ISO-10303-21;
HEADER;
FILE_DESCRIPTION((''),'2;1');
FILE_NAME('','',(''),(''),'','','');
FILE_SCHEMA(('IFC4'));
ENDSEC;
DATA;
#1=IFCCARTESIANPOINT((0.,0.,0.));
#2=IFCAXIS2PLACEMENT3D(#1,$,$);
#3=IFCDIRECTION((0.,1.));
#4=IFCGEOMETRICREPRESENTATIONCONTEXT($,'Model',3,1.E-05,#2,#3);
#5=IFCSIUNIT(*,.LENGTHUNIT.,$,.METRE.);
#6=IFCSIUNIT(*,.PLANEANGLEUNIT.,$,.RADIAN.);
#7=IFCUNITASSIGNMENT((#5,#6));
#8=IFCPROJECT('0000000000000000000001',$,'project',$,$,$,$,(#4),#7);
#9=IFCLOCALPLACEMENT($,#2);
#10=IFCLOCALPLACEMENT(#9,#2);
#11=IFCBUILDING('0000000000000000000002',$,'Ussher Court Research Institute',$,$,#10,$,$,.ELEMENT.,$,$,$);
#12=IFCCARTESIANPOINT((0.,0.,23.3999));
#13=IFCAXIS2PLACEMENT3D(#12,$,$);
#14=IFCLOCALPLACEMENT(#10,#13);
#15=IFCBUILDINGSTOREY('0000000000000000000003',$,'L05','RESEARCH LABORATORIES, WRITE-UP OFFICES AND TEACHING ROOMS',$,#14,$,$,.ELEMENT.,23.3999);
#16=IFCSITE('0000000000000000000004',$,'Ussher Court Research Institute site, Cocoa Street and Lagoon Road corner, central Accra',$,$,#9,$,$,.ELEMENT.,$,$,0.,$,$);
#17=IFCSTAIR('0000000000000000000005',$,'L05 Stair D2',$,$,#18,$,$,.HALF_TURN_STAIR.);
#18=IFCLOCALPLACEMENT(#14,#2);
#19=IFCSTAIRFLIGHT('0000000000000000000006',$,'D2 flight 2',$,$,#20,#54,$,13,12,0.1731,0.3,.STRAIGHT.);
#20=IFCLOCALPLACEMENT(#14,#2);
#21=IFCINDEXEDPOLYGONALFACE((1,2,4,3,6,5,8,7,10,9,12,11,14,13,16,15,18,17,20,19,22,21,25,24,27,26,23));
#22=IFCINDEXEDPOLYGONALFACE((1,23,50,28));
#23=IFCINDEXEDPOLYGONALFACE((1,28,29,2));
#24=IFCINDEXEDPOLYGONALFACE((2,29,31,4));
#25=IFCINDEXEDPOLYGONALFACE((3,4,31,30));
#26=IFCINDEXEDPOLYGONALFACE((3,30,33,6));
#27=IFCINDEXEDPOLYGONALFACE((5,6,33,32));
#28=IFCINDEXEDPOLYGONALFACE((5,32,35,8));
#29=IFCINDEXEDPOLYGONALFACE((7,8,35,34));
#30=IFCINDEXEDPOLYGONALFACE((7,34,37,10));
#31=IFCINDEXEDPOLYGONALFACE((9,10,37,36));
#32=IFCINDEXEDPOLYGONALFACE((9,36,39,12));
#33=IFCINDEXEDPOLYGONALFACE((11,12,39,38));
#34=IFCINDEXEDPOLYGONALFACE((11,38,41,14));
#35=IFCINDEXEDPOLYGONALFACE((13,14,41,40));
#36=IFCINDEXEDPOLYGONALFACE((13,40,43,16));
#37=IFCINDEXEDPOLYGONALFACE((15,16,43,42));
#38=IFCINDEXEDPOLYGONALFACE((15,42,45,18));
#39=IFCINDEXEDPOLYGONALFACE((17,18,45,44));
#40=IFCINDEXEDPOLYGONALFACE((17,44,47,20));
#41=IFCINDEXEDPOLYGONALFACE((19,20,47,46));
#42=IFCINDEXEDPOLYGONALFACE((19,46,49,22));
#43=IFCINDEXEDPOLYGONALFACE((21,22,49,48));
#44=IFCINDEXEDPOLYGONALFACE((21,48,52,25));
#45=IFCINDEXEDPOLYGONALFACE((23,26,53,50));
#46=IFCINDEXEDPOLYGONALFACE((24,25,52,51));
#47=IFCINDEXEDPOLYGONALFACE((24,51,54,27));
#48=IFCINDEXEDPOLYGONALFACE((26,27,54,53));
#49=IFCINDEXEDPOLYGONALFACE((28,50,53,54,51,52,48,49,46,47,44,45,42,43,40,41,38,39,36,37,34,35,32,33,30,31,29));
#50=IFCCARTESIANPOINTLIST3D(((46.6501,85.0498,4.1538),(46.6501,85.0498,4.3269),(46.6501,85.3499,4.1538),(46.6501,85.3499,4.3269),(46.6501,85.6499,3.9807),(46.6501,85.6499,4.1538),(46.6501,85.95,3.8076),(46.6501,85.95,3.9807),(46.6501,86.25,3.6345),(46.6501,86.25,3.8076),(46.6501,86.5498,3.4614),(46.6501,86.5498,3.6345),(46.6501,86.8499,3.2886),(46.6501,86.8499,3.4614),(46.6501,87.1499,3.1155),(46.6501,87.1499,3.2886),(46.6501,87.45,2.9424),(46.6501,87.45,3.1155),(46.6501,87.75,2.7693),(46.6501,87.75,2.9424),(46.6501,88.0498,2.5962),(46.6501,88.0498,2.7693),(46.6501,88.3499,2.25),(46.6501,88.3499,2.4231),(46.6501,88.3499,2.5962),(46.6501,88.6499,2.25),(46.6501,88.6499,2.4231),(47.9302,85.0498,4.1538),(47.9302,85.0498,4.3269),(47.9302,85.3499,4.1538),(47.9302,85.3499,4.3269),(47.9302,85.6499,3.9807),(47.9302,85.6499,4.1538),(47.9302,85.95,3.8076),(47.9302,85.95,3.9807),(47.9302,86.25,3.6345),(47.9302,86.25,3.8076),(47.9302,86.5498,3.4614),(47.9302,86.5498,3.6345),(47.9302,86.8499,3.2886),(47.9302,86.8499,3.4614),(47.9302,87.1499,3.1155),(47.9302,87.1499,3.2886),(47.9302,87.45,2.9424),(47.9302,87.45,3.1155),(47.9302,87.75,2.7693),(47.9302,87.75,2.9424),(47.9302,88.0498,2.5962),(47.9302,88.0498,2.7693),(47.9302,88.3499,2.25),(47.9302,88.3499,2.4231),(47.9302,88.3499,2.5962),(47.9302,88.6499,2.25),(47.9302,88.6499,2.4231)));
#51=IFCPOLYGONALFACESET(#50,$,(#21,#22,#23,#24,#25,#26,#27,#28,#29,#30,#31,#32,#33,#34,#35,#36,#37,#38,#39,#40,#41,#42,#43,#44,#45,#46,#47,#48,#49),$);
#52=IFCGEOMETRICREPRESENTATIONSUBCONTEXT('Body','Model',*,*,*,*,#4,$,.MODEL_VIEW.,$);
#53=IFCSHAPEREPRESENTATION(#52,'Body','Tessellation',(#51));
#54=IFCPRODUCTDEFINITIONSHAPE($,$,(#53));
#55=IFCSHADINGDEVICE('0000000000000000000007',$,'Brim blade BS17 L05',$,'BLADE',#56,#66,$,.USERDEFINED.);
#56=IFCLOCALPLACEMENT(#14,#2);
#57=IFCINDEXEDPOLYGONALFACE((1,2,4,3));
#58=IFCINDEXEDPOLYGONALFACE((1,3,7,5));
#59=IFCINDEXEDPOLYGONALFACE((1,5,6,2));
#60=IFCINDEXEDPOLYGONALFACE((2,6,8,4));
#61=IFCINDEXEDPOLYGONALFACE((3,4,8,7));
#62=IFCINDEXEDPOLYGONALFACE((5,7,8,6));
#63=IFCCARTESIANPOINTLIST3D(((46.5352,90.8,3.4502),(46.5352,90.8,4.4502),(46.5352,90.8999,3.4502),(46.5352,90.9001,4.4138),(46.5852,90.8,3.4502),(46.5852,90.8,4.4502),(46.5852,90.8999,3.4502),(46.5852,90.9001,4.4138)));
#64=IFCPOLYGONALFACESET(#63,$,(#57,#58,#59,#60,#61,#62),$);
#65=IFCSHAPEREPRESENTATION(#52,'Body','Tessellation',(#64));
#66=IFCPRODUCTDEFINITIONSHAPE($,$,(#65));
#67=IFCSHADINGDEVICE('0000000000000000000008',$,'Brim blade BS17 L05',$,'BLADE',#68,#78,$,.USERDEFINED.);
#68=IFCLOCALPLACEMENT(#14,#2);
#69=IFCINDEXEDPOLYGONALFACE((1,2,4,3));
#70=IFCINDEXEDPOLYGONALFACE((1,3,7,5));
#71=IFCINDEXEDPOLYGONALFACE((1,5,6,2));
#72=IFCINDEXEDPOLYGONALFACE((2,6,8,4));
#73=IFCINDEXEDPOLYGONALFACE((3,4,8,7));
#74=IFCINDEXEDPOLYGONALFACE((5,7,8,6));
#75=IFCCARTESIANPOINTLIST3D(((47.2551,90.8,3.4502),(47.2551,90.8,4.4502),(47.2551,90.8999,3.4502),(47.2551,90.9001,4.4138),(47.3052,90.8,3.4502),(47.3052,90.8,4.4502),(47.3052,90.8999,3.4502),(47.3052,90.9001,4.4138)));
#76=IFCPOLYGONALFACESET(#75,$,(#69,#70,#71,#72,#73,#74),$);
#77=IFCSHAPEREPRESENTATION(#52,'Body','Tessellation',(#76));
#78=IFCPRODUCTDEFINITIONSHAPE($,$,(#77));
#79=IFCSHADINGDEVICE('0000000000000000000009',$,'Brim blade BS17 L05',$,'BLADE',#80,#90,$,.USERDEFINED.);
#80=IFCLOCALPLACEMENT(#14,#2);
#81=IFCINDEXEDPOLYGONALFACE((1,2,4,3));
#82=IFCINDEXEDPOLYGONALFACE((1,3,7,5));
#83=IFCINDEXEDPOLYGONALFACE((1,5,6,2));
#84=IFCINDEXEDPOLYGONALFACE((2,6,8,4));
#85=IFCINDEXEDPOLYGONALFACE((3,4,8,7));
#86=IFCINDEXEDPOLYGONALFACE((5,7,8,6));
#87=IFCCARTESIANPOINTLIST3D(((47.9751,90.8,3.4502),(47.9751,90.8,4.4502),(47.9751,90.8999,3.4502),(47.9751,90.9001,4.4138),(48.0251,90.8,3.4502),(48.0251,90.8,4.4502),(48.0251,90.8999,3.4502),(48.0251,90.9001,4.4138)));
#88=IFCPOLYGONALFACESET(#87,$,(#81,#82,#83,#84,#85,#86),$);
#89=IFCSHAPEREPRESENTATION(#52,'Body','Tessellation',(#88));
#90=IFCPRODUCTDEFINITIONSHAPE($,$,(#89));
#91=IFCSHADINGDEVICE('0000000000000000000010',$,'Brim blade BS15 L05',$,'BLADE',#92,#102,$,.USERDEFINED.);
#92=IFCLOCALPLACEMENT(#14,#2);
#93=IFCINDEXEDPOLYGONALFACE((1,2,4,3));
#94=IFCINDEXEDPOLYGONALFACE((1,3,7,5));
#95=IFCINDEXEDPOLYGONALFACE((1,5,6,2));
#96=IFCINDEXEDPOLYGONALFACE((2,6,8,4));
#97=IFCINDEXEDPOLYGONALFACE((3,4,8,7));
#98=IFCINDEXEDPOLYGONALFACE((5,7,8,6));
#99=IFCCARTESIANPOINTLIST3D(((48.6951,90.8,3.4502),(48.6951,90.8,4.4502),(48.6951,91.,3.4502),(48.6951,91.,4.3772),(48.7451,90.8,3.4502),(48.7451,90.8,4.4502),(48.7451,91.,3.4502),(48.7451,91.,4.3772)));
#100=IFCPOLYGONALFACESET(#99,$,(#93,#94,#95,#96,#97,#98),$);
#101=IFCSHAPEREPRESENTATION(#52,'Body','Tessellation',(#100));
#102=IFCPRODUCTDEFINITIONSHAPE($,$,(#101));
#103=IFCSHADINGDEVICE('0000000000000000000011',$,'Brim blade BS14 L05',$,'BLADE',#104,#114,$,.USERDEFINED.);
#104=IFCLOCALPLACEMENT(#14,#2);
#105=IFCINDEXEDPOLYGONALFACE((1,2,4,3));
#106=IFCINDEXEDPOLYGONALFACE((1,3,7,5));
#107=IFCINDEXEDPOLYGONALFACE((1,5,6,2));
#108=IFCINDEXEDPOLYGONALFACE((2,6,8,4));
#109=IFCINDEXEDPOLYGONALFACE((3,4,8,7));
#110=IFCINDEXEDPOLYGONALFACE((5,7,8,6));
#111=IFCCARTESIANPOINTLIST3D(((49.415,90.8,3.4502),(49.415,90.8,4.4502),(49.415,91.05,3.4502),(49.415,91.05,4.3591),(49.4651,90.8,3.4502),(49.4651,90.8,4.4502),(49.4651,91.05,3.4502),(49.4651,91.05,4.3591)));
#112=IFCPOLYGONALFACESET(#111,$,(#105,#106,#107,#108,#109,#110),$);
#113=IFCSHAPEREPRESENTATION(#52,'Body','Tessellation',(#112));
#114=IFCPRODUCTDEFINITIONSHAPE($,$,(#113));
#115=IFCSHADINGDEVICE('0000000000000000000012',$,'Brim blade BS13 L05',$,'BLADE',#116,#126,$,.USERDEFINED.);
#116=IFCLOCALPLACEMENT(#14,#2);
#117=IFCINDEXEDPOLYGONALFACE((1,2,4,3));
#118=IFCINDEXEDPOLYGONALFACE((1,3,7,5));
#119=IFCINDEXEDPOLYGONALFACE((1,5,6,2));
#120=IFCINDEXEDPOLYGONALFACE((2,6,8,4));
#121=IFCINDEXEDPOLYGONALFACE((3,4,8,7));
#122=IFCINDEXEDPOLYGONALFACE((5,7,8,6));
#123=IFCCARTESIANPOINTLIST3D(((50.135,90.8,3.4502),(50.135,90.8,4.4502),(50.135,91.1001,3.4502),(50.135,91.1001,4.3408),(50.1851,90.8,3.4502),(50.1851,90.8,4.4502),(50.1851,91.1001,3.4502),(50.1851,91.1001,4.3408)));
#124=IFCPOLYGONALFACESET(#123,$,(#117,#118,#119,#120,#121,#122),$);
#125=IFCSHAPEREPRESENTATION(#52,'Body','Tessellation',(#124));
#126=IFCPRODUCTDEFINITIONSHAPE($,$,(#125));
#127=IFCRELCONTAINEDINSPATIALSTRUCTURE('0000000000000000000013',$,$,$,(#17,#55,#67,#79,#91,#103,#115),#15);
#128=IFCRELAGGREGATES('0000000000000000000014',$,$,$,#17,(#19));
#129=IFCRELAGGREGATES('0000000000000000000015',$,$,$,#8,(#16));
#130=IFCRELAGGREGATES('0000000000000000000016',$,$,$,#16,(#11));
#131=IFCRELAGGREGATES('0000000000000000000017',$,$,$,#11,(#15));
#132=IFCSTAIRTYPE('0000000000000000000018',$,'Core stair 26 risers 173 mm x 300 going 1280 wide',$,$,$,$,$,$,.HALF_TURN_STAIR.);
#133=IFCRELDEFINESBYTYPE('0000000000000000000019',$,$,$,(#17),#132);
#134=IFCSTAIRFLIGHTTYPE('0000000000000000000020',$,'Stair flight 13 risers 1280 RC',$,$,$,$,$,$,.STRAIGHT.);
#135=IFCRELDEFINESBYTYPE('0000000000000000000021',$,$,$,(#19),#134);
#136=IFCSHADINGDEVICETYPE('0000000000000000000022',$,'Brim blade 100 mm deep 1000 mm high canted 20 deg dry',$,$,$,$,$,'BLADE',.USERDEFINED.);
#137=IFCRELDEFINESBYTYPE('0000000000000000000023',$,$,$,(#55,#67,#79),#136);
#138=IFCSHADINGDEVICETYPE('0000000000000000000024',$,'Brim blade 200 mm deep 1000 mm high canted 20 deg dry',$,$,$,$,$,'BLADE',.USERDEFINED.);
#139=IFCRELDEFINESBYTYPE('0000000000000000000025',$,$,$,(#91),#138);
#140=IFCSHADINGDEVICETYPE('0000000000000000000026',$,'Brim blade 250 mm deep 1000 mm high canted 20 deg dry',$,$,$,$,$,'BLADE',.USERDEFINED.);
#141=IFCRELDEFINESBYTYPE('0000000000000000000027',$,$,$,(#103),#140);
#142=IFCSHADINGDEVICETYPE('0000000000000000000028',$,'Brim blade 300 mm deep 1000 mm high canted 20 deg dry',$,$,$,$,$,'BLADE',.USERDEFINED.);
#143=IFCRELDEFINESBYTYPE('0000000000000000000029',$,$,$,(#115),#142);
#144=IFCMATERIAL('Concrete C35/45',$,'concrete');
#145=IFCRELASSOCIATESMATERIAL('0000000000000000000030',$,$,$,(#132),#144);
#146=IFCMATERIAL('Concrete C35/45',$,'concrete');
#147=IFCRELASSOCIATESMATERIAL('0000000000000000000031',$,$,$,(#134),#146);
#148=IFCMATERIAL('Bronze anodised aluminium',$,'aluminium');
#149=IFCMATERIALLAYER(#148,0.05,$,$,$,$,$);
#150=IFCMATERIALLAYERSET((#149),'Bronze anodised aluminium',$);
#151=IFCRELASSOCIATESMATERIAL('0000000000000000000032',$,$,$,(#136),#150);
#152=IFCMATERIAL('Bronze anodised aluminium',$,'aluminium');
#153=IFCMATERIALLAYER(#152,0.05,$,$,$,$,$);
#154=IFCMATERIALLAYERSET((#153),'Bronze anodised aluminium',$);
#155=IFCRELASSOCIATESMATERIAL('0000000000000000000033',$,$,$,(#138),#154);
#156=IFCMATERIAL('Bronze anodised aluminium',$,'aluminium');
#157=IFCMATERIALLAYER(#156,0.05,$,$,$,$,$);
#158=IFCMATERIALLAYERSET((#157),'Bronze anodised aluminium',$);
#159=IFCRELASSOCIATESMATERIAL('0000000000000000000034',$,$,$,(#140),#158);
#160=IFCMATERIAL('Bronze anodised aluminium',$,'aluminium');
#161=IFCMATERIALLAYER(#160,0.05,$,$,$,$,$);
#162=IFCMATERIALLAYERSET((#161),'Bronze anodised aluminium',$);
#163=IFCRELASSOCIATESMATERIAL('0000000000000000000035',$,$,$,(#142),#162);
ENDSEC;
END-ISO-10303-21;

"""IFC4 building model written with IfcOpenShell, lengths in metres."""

from ifc_helpers import new_model, si_unit, direction, frame, origin, place, context, subcontext, project, spatial, polyline, outline, extrude, material, layer, layer_set, type_object, element, aggregate, save


model = new_model("IFC4")

# Units and contexts
model_context = context("Model", 3, precision=1e-05, world=origin(), true_north=direction((0.0, 1.0)))
body_context = subcontext(model_context, "Body", "Model", "MODEL_VIEW")
ifc_project = project(units=[si_unit("LENGTHUNIT", "METRE"), si_unit("PLANEANGLEUNIT", "RADIAN")], contexts=[model_context])

# Site, building, storey
site_placement = place(None, origin())
site = spatial("IfcSite", under=ifc_project, at=site_placement, Name="Ussher Court Research Institute site, Cocoa Street and Lagoon Road corner, central Accra", CompositionType="ELEMENT", RefElevation=0.0)
building_placement = place(site_placement, origin())
building = spatial("IfcBuilding", under=site, at=building_placement, Name="Ussher Court Research Institute", CompositionType="ELEMENT")
storey_placement = place(building_placement, frame((0.0, 0.0, 23.3999)))
storey = spatial("IfcBuildingStorey", under=building, at=storey_placement, Name="L05", Description="RESEARCH LABORATORIES, WRITE-UP OFFICES AND TEACHING ROOMS", CompositionType="ELEMENT", Elevation=23.3999)

# Stair, stair flight
ifc_material_1 = material(Name="Concrete C35/45", Category="concrete")
stair_type = type_object("IfcStairType", Name="Core stair 26 risers 173 mm x 300 going 1280 wide", PredefinedType="HALF_TURN_STAIR", material=ifc_material_1)
stair_placement = place(storey_placement, origin())
stair = element("IfcStair", 1, at=stair_placement, inside=storey, type_object=stair_type, Name="L05 Stair D2", PredefinedType="HALF_TURN_STAIR")
ifc_material_2 = material(Name="Concrete C35/45", Category="concrete")
stair_flight_type = type_object("IfcStairFlightType", Name="Stair flight 13 risers 1280 RC", PredefinedType="STRAIGHT", material=ifc_material_2)
stair_flight_1_placement = place(storey_placement, frame((47.29, 88.6499, 2.25), z_axis=(0.0, 0.0, 1.0), x_axis=(0.0, -1.0, 0.0)))
stair_flight_1 = element("IfcStairFlight", 2, at=stair_flight_1_placement, type_object=stair_flight_type, Name="D2 flight 2", NumberOfRisers=13, NumberOfTreads=12, PredefinedType="STRAIGHT", RiserHeight=0.1731, TreadLength=0.3, context=body_context, shape_type="SweptSolid", body=[
    extrude(outline(polyline([(0.0, 0.0), (0.0, 0.1731), (0.3, 0.1731), (0.3, 0.3462), (0.6001, 0.3462), (0.6001, 0.5193), (0.8999, 0.5193), (0.8999, 0.6924), (1.2, 0.6924), (1.2, 0.8655), (1.5, 0.8655), (1.5, 1.0386), (1.8, 1.0386), (1.8, 1.2114), (2.1001, 1.2114), (2.1001, 1.3845), (2.3999, 1.3845), (2.3999, 1.5576), (2.7, 1.5576), (2.7, 1.7307), (3.0, 1.7307), (3.0, 1.9038), (3.3, 1.9038), (3.3, 2.0769), (3.6001, 2.0769), (3.6001, 2.25), (3.6001, 1.9038), (0.3, 0.0), (0.0, 0.0)])), frame((0.0, 0.6401, 0.0), z_axis=(0.0, -1.0, 0.0), x_axis=(1.0, 0.0, 0.0)), (0.0, 0.0, 1.0), 1.28),
])
aggregate(stair, [stair_flight_1])

# Shading devices
ifc_material_3 = material(Name="Bronze anodised aluminium", Category="aluminium")
ifc_layer_1 = layer(ifc_material_3, 0.05)
ifc_layer_set_1 = layer_set([ifc_layer_1], Name="Bronze anodised aluminium")
shading_device_type_1 = type_object("IfcShadingDeviceType", Name="Brim blade 100 mm deep 1000 mm high canted 20 deg dry", ElementType="BLADE", PredefinedType="USERDEFINED", material=ifc_layer_set_1)
for number, where, z_axis, x_axis, name in (
    (3, (46.5601, 90.8, 3.4502), (0.0, 0.0, 1.0), (0.0, 1.0, 0.0), "Brim blade BS17 L05"),
    (4, (47.28, 90.8, 3.4502), (0.0, 0.0, 1.0), (0.0, 1.0, 0.0), "Brim blade BS17 L05"),
    (5, (48.0, 90.8, 3.4502), (0.0, 0.0, 1.0), (0.0, 1.0, 0.0), "Brim blade BS17 L05"),
):
    element("IfcShadingDevice", number, at=place(storey_placement, frame(where, z_axis=z_axis, x_axis=x_axis)), inside=storey, type_object=shading_device_type_1, Name=name, ObjectType="BLADE", PredefinedType="USERDEFINED", context=body_context, shape_type="SweptSolid", body=[
        extrude(outline(polyline([(0.0, 0.0), (0.0999, 0.0), (0.1001, 0.9636), (0.0, 1.0), (0.0, 0.0)])), frame((0.0, 0.0249, 0.0), z_axis=(0.0, -1.0, 0.0), x_axis=(1.0, 0.0, 0.0)), (0.0, 0.0, 1.0), 0.05),
    ])
ifc_material_4 = material(Name="Bronze anodised aluminium", Category="aluminium")
ifc_layer_2 = layer(ifc_material_4, 0.05)
ifc_layer_set_2 = layer_set([ifc_layer_2], Name="Bronze anodised aluminium")
shading_device_type_2 = type_object("IfcShadingDeviceType", Name="Brim blade 200 mm deep 1000 mm high canted 20 deg dry", ElementType="BLADE", PredefinedType="USERDEFINED", material=ifc_layer_set_2)
shading_device_1_placement = place(storey_placement, frame((48.72, 90.8, 3.4502), z_axis=(0.0, 0.0, 1.0), x_axis=(0.0, 1.0, 0.0)))
element("IfcShadingDevice", 6, at=shading_device_1_placement, inside=storey, type_object=shading_device_type_2, Name="Brim blade BS15 L05", ObjectType="BLADE", PredefinedType="USERDEFINED", context=body_context, shape_type="SweptSolid", body=[
    extrude(outline(polyline([(0.0, 0.0), (0.2, 0.0), (0.2, 0.927), (0.0, 1.0), (0.0, 0.0)])), frame((0.0, 0.0249, 0.0), z_axis=(0.0, -1.0, 0.0), x_axis=(1.0, 0.0, 0.0)), (0.0, 0.0, 1.0), 0.05),
])
ifc_material_5 = material(Name="Bronze anodised aluminium", Category="aluminium")
ifc_layer_3 = layer(ifc_material_5, 0.05)
ifc_layer_set_3 = layer_set([ifc_layer_3], Name="Bronze anodised aluminium")
shading_device_type_3 = type_object("IfcShadingDeviceType", Name="Brim blade 250 mm deep 1000 mm high canted 20 deg dry", ElementType="BLADE", PredefinedType="USERDEFINED", material=ifc_layer_set_3)
shading_device_2_placement = place(storey_placement, frame((49.4399, 90.8, 3.4502), z_axis=(0.0, 0.0, 1.0), x_axis=(0.0, 1.0, 0.0)))
element("IfcShadingDevice", 7, at=shading_device_2_placement, inside=storey, type_object=shading_device_type_3, Name="Brim blade BS14 L05", ObjectType="BLADE", PredefinedType="USERDEFINED", context=body_context, shape_type="SweptSolid", body=[
    extrude(outline(polyline([(0.0, 0.0), (0.25, 0.0), (0.25, 0.9089), (0.0, 1.0), (0.0, 0.0)])), frame((0.0, 0.0249, 0.0), z_axis=(0.0, -1.0, 0.0), x_axis=(1.0, 0.0, 0.0)), (0.0, 0.0, 1.0), 0.05),
])
ifc_material_6 = material(Name="Bronze anodised aluminium", Category="aluminium")
ifc_layer_4 = layer(ifc_material_6, 0.05)
ifc_layer_set_4 = layer_set([ifc_layer_4], Name="Bronze anodised aluminium")
shading_device_type_4 = type_object("IfcShadingDeviceType", Name="Brim blade 300 mm deep 1000 mm high canted 20 deg dry", ElementType="BLADE", PredefinedType="USERDEFINED", material=ifc_layer_set_4)
shading_device_3_placement = place(storey_placement, frame((50.1599, 90.8, 3.4502), z_axis=(0.0, 0.0, 1.0), x_axis=(0.0, 1.0, 0.0)))
element("IfcShadingDevice", 8, at=shading_device_3_placement, inside=storey, type_object=shading_device_type_4, Name="Brim blade BS13 L05", ObjectType="BLADE", PredefinedType="USERDEFINED", context=body_context, shape_type="SweptSolid", body=[
    extrude(outline(polyline([(0.0, 0.0), (0.3, 0.0), (0.3, 0.8906), (0.0, 1.0), (0.0, 0.0)])), frame((0.0, 0.0249, 0.0), z_axis=(0.0, -1.0, 0.0), x_axis=(1.0, 0.0, 0.0)), (0.0, 0.0, 1.0), 0.05),
])

save(model, "model.ifc")
